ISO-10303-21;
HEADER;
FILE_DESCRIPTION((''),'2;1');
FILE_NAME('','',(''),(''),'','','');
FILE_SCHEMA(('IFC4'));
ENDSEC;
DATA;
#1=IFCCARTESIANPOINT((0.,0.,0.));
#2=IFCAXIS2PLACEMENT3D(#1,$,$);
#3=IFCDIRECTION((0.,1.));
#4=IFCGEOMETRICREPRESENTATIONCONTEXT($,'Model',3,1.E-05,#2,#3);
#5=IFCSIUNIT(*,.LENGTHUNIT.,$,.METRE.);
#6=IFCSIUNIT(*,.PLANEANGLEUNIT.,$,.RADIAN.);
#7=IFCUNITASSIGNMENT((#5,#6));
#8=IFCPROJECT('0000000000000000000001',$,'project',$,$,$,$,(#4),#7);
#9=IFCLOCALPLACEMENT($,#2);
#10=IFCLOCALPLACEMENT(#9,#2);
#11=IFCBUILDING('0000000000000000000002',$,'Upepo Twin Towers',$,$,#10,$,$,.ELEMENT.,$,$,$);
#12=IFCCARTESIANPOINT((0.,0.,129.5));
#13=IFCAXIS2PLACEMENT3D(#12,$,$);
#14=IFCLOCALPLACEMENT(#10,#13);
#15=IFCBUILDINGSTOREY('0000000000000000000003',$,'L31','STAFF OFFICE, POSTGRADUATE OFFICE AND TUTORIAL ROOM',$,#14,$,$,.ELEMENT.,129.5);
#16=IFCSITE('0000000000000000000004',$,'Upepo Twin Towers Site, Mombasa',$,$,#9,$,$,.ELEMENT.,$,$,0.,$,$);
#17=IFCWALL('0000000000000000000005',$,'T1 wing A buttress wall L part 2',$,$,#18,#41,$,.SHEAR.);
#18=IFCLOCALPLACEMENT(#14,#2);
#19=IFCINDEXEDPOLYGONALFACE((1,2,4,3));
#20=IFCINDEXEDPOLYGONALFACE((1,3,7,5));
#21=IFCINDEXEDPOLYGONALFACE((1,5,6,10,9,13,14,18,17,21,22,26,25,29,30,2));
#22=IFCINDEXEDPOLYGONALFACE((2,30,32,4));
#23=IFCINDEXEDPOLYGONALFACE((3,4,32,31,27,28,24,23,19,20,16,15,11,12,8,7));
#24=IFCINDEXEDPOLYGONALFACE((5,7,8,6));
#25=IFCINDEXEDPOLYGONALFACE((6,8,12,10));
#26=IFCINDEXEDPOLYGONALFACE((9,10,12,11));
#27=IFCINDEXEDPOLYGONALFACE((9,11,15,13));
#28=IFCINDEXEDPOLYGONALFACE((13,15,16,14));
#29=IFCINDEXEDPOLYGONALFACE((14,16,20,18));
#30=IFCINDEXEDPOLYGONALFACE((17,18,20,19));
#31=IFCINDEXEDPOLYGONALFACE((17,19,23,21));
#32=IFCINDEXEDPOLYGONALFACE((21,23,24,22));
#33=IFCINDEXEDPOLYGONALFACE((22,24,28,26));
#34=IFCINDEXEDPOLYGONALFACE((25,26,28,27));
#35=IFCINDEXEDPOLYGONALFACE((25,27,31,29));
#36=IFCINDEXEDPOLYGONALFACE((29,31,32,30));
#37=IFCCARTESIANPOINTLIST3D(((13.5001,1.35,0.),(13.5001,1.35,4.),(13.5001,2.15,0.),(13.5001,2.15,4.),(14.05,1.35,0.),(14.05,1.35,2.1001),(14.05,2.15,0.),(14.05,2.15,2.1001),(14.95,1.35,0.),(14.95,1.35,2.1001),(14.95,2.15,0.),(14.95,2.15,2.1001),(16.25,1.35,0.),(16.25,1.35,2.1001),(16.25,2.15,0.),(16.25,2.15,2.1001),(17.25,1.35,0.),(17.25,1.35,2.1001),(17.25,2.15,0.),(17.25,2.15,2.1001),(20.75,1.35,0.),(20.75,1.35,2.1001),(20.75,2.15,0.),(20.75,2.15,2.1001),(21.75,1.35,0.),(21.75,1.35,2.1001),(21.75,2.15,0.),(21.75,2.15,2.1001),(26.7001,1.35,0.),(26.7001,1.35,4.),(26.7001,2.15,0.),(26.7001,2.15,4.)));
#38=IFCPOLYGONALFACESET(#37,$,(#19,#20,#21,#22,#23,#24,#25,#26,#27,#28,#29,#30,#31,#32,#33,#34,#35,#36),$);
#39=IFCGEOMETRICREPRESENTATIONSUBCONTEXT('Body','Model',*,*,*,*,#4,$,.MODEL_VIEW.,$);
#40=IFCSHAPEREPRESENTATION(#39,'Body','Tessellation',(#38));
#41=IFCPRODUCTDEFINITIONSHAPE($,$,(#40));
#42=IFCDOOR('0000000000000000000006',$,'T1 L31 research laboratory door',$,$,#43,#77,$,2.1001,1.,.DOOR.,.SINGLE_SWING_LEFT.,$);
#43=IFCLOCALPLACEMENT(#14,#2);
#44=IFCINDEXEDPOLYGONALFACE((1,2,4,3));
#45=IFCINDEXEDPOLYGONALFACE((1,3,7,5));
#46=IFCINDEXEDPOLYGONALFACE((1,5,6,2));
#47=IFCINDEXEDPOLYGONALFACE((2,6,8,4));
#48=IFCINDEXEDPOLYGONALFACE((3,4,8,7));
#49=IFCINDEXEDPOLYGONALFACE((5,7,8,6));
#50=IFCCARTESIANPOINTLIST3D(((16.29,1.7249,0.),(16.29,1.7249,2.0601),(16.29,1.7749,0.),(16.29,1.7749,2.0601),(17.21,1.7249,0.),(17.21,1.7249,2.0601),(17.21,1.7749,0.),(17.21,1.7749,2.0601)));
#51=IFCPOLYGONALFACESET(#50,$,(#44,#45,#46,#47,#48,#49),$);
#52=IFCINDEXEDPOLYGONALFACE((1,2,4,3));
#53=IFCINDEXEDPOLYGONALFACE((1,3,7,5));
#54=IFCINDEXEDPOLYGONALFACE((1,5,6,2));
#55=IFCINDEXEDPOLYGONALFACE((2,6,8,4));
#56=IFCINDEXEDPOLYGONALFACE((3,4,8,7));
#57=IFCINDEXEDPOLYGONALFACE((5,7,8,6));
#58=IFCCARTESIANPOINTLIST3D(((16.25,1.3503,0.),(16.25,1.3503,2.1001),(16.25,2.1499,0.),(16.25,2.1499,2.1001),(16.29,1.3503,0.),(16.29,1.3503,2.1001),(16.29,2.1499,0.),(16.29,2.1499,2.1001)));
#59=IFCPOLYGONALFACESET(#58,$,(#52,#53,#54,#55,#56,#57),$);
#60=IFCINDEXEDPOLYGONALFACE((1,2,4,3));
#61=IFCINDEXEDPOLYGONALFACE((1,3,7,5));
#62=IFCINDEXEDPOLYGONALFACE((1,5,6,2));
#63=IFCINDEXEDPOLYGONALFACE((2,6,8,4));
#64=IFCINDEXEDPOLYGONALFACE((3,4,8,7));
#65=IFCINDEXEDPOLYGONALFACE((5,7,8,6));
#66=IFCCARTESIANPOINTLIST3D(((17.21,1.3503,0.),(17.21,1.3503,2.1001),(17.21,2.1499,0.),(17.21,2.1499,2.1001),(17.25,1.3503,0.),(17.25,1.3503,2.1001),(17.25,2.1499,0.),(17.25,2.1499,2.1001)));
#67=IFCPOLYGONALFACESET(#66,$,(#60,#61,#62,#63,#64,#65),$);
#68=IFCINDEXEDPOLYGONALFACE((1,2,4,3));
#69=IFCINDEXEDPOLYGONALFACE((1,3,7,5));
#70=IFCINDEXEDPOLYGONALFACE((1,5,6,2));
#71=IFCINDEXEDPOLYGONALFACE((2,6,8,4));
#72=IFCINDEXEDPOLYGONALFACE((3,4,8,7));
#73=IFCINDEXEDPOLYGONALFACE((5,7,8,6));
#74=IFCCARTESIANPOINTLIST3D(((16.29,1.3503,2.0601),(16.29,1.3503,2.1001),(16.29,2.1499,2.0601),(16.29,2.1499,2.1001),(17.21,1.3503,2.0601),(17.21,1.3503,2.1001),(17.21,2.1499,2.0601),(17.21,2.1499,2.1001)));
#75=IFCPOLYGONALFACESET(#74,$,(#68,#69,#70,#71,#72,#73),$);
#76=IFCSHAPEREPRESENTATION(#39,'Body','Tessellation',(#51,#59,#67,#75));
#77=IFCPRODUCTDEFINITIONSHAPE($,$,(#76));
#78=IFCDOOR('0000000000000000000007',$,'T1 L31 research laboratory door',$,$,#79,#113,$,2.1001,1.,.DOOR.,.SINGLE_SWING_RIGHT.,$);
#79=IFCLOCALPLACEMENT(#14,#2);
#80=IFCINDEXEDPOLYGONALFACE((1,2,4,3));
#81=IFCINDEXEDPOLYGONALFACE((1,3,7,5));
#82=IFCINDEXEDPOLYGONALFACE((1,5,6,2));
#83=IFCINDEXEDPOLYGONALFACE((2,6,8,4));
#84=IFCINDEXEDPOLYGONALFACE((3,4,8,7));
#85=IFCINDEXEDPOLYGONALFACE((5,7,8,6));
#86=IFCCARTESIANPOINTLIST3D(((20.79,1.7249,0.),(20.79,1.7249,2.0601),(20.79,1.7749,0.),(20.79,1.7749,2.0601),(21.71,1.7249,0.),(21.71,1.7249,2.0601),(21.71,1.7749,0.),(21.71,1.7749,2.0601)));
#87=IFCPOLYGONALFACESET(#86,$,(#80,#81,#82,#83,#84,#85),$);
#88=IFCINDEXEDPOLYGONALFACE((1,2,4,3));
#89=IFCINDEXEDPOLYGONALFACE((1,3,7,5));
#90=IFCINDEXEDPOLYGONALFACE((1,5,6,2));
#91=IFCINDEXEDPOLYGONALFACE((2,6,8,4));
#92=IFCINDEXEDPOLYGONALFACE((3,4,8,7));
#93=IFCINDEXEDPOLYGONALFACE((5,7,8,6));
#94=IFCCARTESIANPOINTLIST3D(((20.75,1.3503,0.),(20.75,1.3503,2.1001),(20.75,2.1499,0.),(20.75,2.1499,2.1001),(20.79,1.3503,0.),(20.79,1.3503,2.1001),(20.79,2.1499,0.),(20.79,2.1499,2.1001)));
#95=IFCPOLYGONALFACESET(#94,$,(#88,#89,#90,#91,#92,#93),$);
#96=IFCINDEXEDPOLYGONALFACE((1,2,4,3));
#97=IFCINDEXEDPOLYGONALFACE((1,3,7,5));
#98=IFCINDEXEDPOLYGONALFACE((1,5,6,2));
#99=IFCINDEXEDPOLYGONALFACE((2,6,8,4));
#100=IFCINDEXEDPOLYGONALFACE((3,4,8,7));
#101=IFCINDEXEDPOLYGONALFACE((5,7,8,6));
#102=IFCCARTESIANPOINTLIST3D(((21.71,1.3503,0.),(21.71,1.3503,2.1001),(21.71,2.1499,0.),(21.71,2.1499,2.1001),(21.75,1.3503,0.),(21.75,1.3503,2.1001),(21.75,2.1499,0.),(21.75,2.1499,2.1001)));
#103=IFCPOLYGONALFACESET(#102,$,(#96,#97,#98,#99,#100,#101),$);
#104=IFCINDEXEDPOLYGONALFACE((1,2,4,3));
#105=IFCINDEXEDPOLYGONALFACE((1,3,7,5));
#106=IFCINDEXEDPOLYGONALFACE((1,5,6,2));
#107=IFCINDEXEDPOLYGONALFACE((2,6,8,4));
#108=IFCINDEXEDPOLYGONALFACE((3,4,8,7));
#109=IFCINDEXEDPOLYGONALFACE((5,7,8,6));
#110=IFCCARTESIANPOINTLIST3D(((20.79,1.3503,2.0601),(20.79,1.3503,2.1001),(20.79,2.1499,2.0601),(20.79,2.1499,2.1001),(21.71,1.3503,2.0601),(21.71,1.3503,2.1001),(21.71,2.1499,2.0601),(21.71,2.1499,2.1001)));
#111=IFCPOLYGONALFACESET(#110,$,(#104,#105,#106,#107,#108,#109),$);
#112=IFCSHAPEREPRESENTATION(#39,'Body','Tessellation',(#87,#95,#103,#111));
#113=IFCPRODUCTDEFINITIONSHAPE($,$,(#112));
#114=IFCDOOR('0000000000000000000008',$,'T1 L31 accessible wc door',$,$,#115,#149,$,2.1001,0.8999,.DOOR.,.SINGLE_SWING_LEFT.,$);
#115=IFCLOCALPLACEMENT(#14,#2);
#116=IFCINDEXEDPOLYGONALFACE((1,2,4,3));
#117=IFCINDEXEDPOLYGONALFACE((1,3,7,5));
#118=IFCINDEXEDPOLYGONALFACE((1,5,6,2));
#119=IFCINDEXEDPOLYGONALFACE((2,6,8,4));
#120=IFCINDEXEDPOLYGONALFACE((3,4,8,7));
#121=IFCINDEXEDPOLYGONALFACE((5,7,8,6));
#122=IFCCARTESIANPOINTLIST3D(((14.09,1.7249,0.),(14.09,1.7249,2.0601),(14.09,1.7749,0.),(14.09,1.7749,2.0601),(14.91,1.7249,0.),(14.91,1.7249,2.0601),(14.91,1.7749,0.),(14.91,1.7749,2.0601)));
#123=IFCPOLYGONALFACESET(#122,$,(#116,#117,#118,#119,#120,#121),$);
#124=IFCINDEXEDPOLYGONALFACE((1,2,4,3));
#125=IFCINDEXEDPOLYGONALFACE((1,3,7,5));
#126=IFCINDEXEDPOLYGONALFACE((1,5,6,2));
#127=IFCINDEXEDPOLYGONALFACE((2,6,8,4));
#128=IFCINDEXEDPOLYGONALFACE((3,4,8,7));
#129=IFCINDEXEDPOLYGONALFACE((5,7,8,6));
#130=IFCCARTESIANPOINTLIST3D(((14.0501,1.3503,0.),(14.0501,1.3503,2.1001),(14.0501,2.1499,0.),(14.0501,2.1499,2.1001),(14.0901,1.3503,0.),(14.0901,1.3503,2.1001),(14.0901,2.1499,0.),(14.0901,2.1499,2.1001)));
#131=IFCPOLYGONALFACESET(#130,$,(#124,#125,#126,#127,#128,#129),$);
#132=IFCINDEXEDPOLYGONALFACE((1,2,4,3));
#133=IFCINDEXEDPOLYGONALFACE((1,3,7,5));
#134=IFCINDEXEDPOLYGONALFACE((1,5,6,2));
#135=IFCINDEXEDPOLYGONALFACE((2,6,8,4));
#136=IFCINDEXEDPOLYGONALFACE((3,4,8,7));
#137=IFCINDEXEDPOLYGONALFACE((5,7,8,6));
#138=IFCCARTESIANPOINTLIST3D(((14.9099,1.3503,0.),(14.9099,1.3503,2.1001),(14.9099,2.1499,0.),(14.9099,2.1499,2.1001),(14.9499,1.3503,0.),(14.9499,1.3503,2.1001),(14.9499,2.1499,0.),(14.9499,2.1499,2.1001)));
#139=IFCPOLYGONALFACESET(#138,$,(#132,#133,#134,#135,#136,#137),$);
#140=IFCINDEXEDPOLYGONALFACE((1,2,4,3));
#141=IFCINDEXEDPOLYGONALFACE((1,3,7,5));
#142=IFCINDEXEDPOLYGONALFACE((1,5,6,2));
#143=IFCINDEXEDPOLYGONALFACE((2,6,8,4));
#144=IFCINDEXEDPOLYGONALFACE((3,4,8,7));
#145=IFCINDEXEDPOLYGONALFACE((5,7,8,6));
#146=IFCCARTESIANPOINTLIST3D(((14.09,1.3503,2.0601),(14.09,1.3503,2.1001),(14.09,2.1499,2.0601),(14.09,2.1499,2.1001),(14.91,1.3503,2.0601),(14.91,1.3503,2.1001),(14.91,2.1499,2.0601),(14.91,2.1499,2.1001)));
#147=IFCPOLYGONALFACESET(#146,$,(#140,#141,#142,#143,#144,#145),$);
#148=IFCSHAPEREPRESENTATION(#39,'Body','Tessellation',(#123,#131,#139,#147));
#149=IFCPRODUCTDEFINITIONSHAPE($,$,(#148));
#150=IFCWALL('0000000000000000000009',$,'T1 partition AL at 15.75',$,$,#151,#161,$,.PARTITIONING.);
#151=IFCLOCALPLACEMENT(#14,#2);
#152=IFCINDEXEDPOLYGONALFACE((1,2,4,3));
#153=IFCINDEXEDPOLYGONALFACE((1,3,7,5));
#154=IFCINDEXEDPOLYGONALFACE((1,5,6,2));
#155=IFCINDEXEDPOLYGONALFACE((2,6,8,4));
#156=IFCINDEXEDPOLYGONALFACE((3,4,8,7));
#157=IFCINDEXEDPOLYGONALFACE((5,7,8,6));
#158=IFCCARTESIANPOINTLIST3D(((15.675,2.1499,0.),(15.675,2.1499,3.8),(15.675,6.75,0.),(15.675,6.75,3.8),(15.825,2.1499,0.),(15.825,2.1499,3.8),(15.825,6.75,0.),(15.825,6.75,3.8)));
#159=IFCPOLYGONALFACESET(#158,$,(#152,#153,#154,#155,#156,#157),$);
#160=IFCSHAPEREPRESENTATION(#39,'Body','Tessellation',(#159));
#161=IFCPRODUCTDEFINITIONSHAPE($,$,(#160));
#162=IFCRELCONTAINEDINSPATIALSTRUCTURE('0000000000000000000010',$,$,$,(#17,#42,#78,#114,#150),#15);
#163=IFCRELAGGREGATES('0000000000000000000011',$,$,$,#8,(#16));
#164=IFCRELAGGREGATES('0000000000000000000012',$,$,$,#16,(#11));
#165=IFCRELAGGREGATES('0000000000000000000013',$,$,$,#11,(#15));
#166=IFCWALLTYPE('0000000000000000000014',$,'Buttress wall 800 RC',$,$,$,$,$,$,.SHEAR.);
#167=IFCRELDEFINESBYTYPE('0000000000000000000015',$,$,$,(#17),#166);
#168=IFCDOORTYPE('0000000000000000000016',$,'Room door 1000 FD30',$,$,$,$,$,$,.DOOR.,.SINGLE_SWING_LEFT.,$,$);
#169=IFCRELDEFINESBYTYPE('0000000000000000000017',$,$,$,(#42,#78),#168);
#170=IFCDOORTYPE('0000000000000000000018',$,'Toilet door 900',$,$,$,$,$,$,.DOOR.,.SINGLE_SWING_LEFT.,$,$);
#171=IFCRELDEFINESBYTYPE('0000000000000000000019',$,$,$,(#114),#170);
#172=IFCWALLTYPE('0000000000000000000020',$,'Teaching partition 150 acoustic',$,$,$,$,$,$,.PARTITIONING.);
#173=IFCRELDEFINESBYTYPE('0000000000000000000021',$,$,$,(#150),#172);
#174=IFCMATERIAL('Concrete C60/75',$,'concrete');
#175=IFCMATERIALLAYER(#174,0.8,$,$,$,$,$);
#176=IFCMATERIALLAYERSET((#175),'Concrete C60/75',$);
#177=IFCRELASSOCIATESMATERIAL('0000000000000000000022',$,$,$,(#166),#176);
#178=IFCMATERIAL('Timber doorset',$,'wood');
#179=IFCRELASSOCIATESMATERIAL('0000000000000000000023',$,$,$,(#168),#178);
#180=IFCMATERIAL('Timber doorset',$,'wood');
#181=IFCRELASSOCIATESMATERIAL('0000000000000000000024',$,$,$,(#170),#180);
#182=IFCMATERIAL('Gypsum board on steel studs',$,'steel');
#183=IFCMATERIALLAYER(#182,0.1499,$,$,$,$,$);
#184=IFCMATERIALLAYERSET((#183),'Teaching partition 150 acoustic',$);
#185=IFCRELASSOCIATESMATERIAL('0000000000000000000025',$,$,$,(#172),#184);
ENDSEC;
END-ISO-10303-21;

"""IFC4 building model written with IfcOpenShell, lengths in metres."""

from ifc_helpers import new_model, si_unit, direction, frame, frame_2d, origin, place, context, subcontext, project, spatial, rectangle, extrude, material, layer, layer_set, type_object, element, fill, save


model = new_model("IFC4")

# Units and contexts
model_context = context("Model", 3, precision=1e-05, world=origin(), true_north=direction((0.0, 1.0)))
body_context = subcontext(model_context, "Body", "Model", "MODEL_VIEW")
ifc_project = project(units=[si_unit("LENGTHUNIT", "METRE"), si_unit("PLANEANGLEUNIT", "RADIAN")], contexts=[model_context])

# Site, building, storey
site_placement = place(None, origin())
site = spatial("IfcSite", under=ifc_project, at=site_placement, Name="Upepo Twin Towers Site, Mombasa", CompositionType="ELEMENT", RefElevation=0.0)
building_placement = place(site_placement, origin())
building = spatial("IfcBuilding", under=site, at=building_placement, Name="Upepo Twin Towers", CompositionType="ELEMENT")
storey_placement = place(building_placement, frame((0.0, 0.0, 129.5)))
storey = spatial("IfcBuildingStorey", under=building, at=storey_placement, Name="L31", Description="STAFF OFFICE, POSTGRADUATE OFFICE AND TUTORIAL ROOM", CompositionType="ELEMENT", Elevation=129.5)

# Wall, openings, doors
ifc_material_1 = material(Name="Concrete C60/75", Category="concrete")
ifc_layer_1 = layer(ifc_material_1, 0.8)
ifc_layer_set_1 = layer_set([ifc_layer_1], Name="Concrete C60/75")
wall_type_1 = type_object("IfcWallType", Name="Buttress wall 800 RC", PredefinedType="SHEAR", material=ifc_layer_set_1)
wall_1_placement = place(storey_placement, frame((13.5, 1.75, 0.0), z_axis=(0.0, 0.0, 1.0), x_axis=(1.0, 0.0, 0.0)))
wall_1 = element("IfcWall", 1, at=wall_1_placement, inside=storey, type_object=wall_type_1, Name="T1 wing A buttress wall L part 2", PredefinedType="SHEAR", context=body_context, shape_type="SweptSolid", body=[
    extrude(rectangle(XDim=13.2, YDim=0.8, at=frame_2d((6.6001, 0.0))), origin(), (0.0, 0.0, 1.0), 4.0),
])
opening_1_placement = place(wall_1_placement, frame((0.55, 0.0, 0.0)))
opening_1 = element("IfcOpeningElement", 2, at=opening_1_placement, cuts=wall_1, PredefinedType="OPENING", context=body_context, shape_type="SweptSolid", body=[
    extrude(rectangle(XDim=0.8999, YDim=2.1001, at=frame_2d((0.45, 1.05))), frame((0.0, 0.4099, 0.0), z_axis=(0.0, -1.0, 0.0), x_axis=(1.0, 0.0, 0.0)), (0.0, 0.0, 1.0), 0.8201),
])
opening_2_placement = place(wall_1_placement, frame((2.75, 0.0, 0.0)))
opening_2 = element("IfcOpeningElement", 3, at=opening_2_placement, cuts=wall_1, PredefinedType="OPENING", context=body_context, shape_type="SweptSolid", body=[
    extrude(rectangle(XDim=1.0, YDim=2.1001, at=frame_2d((0.5, 1.05))), frame((0.0, 0.4099, 0.0), z_axis=(0.0, -1.0, 0.0), x_axis=(1.0, 0.0, 0.0)), (0.0, 0.0, 1.0), 0.8201),
])
opening_3_placement = place(wall_1_placement, frame((7.25, 0.0, 0.0)))
opening_3 = element("IfcOpeningElement", 4, at=opening_3_placement, cuts=wall_1, PredefinedType="OPENING", context=body_context, shape_type="SweptSolid", body=[
    extrude(rectangle(XDim=1.0, YDim=2.1001, at=frame_2d((0.5, 1.05))), frame((0.0, 0.4099, 0.0), z_axis=(0.0, -1.0, 0.0), x_axis=(1.0, 0.0, 0.0)), (0.0, 0.0, 1.0), 0.8201),
])
ifc_material_2 = material(Name="Timber doorset", Category="wood")
door_type_1 = type_object("IfcDoorType", Name="Room door 1000 FD30", OperationType="SINGLE_SWING_LEFT", PredefinedType="DOOR", material=ifc_material_2)
door_1_placement = place(opening_2_placement, origin())
door_1 = element("IfcDoor", 5, at=door_1_placement, inside=storey, type_object=door_type_1, Name="T1 L31 research laboratory door", OperationType="SINGLE_SWING_LEFT", OverallHeight=2.1001, OverallWidth=1.0, PredefinedType="DOOR", context=body_context, shape_type="SweptSolid", body=[
    extrude(rectangle(XDim=0.92, YDim=2.0601, at=frame_2d((0.5, 1.03))), frame((0.0, 0.0249, 0.0), z_axis=(0.0, -1.0, 0.0), x_axis=(1.0, 0.0, 0.0)), (0.0, 0.0, 1.0), 0.05),
    extrude(rectangle(XDim=0.04, YDim=2.1001, at=frame_2d((0.02, 1.05))), frame((0.0, 0.3999, 0.0), z_axis=(0.0, -1.0, 0.0), x_axis=(1.0, 0.0, 0.0)), (0.0, 0.0, 1.0), 0.7996),
    extrude(rectangle(XDim=0.04, YDim=2.1001, at=frame_2d((0.98, 1.05))), frame((0.0, 0.3999, 0.0), z_axis=(0.0, -1.0, 0.0), x_axis=(1.0, 0.0, 0.0)), (0.0, 0.0, 1.0), 0.7996),
    extrude(rectangle(XDim=0.92, YDim=0.04, at=frame_2d((0.5, 2.0801))), frame((0.0, 0.3999, 0.0), z_axis=(0.0, -1.0, 0.0), x_axis=(1.0, 0.0, 0.0)), (0.0, 0.0, 1.0), 0.7996),
])
fill(opening_2, door_1)
door_2_placement = place(opening_3_placement, origin())
door_2 = element("IfcDoor", 6, at=door_2_placement, inside=storey, type_object=door_type_1, Name="T1 L31 research laboratory door", OperationType="SINGLE_SWING_RIGHT", OverallHeight=2.1001, OverallWidth=1.0, PredefinedType="DOOR", context=body_context, shape_type="SweptSolid", body=[
    extrude(rectangle(XDim=0.92, YDim=2.0601, at=frame_2d((0.5, 1.03))), frame((0.0, 0.0249, 0.0), z_axis=(0.0, -1.0, 0.0), x_axis=(1.0, 0.0, 0.0)), (0.0, 0.0, 1.0), 0.05),
    extrude(rectangle(XDim=0.04, YDim=2.1001, at=frame_2d((0.02, 1.05))), frame((0.0, 0.3999, 0.0), z_axis=(0.0, -1.0, 0.0), x_axis=(1.0, 0.0, 0.0)), (0.0, 0.0, 1.0), 0.7996),
    extrude(rectangle(XDim=0.04, YDim=2.1001, at=frame_2d((0.98, 1.05))), frame((0.0, 0.3999, 0.0), z_axis=(0.0, -1.0, 0.0), x_axis=(1.0, 0.0, 0.0)), (0.0, 0.0, 1.0), 0.7996),
    extrude(rectangle(XDim=0.92, YDim=0.04, at=frame_2d((0.5, 2.0801))), frame((0.0, 0.3999, 0.0), z_axis=(0.0, -1.0, 0.0), x_axis=(1.0, 0.0, 0.0)), (0.0, 0.0, 1.0), 0.7996),
])
fill(opening_3, door_2)
ifc_material_3 = material(Name="Timber doorset", Category="wood")
door_type_2 = type_object("IfcDoorType", Name="Toilet door 900", OperationType="SINGLE_SWING_LEFT", PredefinedType="DOOR", material=ifc_material_3)
door_3_placement = place(opening_1_placement, origin())
door_3 = element("IfcDoor", 7, at=door_3_placement, inside=storey, type_object=door_type_2, Name="T1 L31 accessible wc door", OperationType="SINGLE_SWING_LEFT", OverallHeight=2.1001, OverallWidth=0.8999, PredefinedType="DOOR", context=body_context, shape_type="SweptSolid", body=[
    extrude(rectangle(XDim=0.8199, YDim=2.0601, at=frame_2d((0.45, 1.03))), frame((0.0, 0.0249, 0.0), z_axis=(0.0, -1.0, 0.0), x_axis=(1.0, 0.0, 0.0)), (0.0, 0.0, 1.0), 0.05),
    extrude(rectangle(XDim=0.04, YDim=2.1001, at=frame_2d((0.02, 1.05))), frame((0.0, 0.3999, 0.0), z_axis=(0.0, -1.0, 0.0), x_axis=(1.0, 0.0, 0.0)), (0.0, 0.0, 1.0), 0.7996),
    extrude(rectangle(XDim=0.04, YDim=2.1001, at=frame_2d((0.8799, 1.05))), frame((0.0, 0.3999, 0.0), z_axis=(0.0, -1.0, 0.0), x_axis=(1.0, 0.0, 0.0)), (0.0, 0.0, 1.0), 0.7996),
    extrude(rectangle(XDim=0.8199, YDim=0.04, at=frame_2d((0.45, 2.0801))), frame((0.0, 0.3999, 0.0), z_axis=(0.0, -1.0, 0.0), x_axis=(1.0, 0.0, 0.0)), (0.0, 0.0, 1.0), 0.7996),
])
fill(opening_1, door_3)

# Wall
ifc_material_4 = material(Name="Gypsum board on steel studs", Category="steel")
ifc_layer_2 = layer(ifc_material_4, 0.1499)
ifc_layer_set_2 = layer_set([ifc_layer_2], Name="Teaching partition 150 acoustic")
wall_type_2 = type_object("IfcWallType", Name="Teaching partition 150 acoustic", PredefinedType="PARTITIONING", material=ifc_layer_set_2)
wall_2_placement = place(storey_placement, frame((15.75, 2.1499, 0.0), z_axis=(0.0, 0.0, 1.0), x_axis=(0.0, 1.0, 0.0)))
element("IfcWall", 8, at=wall_2_placement, inside=storey, type_object=wall_type_2, Name="T1 partition AL at 15.75", PredefinedType="PARTITIONING", context=body_context, shape_type="SweptSolid", body=[
    extrude(rectangle(XDim=4.6001, YDim=0.1499, at=frame_2d((2.3, 0.0))), origin(), (0.0, 0.0, 1.0), 3.8),
])

save(model, "model.ifc")
